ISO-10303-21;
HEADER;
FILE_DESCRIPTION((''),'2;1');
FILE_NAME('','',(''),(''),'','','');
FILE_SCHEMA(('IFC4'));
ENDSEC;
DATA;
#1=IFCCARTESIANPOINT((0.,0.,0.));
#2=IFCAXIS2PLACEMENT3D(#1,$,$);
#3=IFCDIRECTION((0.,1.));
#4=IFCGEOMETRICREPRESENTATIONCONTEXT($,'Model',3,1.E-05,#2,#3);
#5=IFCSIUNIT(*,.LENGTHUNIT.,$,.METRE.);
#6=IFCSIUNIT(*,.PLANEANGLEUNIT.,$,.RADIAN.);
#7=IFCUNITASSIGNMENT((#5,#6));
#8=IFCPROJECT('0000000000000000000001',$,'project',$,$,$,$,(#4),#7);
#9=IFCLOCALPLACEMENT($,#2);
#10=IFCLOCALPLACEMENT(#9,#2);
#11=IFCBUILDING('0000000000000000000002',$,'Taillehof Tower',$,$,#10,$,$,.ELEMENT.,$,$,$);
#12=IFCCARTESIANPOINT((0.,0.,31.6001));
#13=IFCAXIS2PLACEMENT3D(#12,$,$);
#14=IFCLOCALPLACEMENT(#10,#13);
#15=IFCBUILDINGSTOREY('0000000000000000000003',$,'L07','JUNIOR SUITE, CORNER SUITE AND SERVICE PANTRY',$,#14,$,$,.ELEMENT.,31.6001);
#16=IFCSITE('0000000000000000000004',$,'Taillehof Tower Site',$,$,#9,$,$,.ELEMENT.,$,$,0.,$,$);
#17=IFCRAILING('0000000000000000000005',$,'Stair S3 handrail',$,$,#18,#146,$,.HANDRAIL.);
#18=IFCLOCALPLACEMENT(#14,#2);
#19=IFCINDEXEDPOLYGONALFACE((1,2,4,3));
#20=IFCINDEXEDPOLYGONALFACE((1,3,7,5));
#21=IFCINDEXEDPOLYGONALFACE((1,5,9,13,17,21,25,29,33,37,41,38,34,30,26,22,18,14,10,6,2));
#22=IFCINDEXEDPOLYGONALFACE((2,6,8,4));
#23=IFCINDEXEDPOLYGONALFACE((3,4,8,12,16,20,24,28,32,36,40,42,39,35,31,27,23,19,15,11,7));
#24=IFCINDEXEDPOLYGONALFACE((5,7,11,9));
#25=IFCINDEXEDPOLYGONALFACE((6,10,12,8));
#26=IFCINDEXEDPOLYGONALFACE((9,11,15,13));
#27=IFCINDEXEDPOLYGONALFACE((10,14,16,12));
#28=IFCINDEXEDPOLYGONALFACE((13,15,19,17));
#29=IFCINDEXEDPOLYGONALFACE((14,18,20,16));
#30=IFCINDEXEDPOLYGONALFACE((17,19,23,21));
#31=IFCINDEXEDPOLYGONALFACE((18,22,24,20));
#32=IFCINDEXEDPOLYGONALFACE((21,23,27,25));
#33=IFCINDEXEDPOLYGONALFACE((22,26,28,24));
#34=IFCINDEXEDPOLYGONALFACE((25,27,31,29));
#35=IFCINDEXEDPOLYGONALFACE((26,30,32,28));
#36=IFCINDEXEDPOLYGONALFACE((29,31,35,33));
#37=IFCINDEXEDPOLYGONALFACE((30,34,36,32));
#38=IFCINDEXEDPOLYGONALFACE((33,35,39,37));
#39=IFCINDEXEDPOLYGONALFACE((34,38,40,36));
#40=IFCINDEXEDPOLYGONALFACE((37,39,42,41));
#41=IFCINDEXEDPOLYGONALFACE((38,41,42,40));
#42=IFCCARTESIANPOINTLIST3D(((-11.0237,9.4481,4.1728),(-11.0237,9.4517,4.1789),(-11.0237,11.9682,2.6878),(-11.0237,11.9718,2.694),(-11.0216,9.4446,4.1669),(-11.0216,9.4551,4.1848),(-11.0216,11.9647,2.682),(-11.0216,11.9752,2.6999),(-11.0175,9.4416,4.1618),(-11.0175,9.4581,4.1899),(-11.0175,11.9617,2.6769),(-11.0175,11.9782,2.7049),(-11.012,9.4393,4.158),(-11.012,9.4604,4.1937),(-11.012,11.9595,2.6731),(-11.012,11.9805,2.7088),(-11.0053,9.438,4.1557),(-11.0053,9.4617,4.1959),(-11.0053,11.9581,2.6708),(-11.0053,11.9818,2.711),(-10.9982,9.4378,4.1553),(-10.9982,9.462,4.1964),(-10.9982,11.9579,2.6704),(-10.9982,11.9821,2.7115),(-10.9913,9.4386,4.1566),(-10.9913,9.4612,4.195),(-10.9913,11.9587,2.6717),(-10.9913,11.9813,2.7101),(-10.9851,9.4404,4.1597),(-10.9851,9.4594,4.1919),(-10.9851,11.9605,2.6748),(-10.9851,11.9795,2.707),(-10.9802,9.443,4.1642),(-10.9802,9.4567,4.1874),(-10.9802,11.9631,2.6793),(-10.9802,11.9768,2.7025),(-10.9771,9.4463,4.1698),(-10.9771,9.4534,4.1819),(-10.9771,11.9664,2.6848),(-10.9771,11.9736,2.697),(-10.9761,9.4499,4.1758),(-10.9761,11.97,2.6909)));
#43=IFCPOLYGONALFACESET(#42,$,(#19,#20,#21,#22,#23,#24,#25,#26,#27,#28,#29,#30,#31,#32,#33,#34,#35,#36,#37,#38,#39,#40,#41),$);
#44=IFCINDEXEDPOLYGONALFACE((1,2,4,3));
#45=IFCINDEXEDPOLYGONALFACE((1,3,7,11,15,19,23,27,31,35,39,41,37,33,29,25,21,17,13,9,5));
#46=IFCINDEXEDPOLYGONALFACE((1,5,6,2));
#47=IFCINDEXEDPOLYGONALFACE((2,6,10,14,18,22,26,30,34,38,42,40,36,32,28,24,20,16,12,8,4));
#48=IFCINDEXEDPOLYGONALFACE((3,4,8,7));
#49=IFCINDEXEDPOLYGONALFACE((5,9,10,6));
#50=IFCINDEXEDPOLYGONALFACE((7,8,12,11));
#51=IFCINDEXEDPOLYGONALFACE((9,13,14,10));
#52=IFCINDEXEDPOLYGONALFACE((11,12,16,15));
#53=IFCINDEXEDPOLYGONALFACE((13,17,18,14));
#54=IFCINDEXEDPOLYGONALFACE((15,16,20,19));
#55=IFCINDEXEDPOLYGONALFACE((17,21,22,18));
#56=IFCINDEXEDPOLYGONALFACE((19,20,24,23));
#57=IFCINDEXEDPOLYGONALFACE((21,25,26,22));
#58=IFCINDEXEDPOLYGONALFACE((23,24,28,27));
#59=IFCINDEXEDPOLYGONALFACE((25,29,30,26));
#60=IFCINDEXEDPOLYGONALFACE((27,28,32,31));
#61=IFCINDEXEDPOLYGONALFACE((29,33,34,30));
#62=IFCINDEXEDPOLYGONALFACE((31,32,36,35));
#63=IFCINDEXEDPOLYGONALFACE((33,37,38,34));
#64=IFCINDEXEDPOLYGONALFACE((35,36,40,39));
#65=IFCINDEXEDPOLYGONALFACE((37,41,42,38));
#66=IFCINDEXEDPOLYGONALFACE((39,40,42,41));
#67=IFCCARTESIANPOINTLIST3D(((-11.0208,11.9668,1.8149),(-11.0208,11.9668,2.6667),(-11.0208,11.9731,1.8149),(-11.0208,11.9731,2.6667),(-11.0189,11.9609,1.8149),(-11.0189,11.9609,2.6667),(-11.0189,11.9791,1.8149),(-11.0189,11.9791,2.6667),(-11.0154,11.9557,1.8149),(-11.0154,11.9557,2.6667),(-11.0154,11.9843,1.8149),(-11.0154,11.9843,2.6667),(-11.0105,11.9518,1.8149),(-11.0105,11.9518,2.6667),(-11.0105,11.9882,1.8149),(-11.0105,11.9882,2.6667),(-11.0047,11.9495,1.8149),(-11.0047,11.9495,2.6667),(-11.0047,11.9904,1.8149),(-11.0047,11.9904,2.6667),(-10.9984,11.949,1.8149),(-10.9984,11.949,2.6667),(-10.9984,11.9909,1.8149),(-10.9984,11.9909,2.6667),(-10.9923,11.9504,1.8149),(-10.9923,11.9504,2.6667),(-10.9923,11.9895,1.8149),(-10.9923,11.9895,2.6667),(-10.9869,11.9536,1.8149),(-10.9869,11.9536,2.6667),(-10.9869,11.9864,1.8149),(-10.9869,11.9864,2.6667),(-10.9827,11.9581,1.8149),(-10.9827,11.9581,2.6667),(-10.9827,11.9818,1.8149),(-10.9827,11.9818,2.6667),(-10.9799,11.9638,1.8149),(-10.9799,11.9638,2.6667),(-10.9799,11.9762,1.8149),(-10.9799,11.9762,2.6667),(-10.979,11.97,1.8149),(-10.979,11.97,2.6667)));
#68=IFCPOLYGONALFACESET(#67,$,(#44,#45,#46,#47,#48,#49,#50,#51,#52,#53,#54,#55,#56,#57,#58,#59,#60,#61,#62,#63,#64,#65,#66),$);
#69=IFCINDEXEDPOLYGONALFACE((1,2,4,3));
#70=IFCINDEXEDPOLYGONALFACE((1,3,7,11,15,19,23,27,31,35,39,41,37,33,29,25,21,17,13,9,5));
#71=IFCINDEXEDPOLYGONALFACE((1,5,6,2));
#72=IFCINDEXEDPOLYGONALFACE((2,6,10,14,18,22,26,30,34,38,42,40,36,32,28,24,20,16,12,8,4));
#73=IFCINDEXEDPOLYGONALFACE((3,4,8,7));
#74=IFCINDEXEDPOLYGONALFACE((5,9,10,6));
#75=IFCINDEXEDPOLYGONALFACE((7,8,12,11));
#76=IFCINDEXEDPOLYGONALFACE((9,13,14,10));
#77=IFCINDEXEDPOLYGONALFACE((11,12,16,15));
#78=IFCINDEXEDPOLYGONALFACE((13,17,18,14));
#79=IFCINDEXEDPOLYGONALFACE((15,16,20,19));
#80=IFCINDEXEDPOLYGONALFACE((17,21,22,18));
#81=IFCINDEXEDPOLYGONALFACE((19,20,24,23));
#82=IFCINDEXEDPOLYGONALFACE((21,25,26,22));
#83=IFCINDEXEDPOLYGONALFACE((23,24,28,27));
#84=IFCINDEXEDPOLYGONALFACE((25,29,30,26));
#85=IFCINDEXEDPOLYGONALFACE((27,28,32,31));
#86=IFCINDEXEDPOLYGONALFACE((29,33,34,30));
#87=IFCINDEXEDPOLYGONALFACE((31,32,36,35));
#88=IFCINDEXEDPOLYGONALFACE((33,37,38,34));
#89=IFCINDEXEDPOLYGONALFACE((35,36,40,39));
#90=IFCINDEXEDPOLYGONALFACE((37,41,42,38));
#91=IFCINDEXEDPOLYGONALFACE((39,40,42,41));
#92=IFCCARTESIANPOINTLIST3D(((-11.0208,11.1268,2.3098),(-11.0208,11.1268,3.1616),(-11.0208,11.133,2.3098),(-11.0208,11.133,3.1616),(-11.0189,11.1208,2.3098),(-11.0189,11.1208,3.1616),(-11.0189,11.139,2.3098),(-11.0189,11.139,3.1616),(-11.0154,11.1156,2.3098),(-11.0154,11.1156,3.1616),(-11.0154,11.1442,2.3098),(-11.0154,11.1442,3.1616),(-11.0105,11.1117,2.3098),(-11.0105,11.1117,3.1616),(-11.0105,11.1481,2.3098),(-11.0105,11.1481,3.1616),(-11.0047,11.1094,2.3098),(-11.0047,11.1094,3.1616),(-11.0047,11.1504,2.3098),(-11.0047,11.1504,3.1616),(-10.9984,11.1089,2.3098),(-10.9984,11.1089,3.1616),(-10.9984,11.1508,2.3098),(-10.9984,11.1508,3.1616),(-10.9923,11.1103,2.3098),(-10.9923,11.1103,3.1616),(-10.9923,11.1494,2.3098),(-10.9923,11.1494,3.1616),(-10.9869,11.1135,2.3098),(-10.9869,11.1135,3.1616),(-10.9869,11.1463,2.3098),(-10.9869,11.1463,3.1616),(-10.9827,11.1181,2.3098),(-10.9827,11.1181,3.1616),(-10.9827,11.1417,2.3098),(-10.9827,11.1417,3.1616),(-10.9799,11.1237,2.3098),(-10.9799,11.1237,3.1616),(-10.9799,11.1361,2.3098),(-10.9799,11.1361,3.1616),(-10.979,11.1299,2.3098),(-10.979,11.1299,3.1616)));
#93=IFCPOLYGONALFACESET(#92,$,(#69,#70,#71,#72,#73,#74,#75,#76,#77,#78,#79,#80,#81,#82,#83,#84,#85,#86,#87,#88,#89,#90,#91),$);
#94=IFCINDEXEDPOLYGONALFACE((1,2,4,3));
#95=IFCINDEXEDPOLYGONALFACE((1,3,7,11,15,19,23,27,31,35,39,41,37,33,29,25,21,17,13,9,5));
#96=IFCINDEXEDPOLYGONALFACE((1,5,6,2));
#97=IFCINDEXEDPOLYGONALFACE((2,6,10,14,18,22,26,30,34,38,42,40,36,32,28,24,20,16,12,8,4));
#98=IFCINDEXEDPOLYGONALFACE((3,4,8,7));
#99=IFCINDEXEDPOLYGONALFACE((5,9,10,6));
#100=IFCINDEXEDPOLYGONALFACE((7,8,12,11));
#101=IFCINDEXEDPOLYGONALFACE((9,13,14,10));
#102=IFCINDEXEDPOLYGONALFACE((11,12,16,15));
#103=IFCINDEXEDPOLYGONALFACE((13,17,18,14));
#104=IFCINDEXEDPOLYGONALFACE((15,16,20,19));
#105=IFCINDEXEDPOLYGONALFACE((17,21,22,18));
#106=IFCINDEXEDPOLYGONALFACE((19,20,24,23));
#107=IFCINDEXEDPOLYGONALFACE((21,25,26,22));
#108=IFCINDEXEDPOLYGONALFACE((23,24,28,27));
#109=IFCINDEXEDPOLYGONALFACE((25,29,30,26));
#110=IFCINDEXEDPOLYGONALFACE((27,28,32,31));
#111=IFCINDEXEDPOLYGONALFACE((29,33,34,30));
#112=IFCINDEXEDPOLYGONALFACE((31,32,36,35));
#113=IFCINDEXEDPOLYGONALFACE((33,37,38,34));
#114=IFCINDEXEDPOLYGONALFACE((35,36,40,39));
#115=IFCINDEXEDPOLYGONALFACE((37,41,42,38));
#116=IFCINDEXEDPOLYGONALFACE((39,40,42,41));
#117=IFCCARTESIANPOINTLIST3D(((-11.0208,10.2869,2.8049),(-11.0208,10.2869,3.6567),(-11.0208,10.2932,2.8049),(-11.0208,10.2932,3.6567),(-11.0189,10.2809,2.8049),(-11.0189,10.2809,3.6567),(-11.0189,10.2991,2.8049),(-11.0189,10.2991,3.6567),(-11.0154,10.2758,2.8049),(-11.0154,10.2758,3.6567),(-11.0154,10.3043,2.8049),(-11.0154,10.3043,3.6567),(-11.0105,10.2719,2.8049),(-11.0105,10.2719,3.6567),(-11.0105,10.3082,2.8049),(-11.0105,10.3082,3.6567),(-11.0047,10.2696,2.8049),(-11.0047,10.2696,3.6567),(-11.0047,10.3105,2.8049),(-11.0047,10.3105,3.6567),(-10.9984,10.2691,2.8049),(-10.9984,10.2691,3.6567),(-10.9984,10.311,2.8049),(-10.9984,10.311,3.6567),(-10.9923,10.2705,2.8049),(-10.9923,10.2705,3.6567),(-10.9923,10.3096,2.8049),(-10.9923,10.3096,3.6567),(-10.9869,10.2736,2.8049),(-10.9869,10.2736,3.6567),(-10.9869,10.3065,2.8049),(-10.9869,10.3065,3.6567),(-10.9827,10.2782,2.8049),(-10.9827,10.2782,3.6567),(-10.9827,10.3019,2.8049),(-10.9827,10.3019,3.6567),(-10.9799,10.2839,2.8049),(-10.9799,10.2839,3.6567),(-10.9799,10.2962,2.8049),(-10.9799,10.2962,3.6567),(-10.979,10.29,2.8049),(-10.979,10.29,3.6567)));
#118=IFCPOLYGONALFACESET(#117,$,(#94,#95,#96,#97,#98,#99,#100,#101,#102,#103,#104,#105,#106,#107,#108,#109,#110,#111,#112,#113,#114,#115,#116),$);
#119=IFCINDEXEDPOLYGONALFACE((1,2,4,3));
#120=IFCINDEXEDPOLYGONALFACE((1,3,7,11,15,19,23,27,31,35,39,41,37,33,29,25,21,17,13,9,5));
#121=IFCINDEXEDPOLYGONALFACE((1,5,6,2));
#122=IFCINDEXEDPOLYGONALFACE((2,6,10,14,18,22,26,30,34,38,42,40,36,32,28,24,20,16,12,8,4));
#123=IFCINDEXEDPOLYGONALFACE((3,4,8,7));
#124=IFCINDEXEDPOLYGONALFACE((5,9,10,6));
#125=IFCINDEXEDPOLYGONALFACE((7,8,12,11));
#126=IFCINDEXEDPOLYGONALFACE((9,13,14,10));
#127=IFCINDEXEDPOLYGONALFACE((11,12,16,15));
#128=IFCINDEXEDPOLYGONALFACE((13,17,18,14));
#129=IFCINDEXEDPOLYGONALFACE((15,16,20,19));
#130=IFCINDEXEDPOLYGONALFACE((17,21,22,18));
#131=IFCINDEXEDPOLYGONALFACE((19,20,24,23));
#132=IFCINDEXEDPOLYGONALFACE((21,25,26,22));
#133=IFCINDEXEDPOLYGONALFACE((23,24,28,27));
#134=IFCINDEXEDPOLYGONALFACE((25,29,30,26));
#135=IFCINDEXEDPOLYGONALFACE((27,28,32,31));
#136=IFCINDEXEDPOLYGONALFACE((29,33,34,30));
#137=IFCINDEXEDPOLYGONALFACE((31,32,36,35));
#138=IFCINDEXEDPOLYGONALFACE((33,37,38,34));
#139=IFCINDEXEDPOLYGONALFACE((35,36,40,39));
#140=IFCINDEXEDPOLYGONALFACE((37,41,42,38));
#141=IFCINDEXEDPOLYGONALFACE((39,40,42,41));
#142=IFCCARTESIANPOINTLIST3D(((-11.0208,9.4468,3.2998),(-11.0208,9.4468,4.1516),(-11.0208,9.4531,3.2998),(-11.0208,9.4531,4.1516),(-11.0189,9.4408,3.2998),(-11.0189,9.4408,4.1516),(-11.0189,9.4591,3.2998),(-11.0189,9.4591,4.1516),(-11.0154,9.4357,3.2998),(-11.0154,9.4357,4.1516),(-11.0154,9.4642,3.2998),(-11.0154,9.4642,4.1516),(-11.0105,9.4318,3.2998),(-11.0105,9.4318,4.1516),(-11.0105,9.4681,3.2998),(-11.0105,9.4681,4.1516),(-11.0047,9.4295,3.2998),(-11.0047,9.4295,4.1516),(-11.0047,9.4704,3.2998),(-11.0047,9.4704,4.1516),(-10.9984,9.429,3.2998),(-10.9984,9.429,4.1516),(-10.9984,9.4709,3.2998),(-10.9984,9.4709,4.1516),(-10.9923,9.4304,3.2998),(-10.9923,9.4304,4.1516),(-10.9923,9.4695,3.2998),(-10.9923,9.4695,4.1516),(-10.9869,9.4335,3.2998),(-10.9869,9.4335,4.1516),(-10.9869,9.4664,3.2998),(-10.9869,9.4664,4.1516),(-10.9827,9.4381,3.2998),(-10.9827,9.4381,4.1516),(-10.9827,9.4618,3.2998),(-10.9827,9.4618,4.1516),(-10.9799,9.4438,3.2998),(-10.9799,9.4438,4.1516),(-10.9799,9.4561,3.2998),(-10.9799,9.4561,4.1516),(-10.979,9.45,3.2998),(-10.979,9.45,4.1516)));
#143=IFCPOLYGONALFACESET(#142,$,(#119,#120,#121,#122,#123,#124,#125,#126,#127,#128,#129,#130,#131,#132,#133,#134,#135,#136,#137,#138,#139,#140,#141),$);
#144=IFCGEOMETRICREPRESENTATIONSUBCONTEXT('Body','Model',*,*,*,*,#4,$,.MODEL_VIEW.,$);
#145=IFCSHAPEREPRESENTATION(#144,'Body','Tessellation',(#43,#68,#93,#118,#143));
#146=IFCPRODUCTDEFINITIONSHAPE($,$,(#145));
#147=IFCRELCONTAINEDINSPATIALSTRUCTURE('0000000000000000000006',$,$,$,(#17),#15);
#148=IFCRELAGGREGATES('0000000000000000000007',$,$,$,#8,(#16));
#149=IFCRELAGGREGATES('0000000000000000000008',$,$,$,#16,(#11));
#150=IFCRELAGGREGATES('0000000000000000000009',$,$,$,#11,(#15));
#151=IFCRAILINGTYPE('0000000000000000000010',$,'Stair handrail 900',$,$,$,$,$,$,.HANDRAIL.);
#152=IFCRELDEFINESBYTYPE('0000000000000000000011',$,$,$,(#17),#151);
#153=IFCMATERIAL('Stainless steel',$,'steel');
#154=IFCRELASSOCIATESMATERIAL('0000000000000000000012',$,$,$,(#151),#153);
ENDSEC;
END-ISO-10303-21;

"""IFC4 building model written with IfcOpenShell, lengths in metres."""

from ifc_helpers import new_model, si_unit, direction, frame, origin, origin_2d, place, context, subcontext, project, spatial, circle, extrude, material, type_object, element, save


model = new_model("IFC4")

# Units and contexts
model_context = context("Model", 3, precision=1e-05, world=origin(), true_north=direction((0.0, 1.0)))
body_context = subcontext(model_context, "Body", "Model", "MODEL_VIEW")
ifc_project = project(units=[si_unit("LENGTHUNIT", "METRE"), si_unit("PLANEANGLEUNIT", "RADIAN")], contexts=[model_context])

# Site, building, storey
site_placement = place(None, origin())
site = spatial("IfcSite", under=ifc_project, at=site_placement, Name="Taillehof Tower Site", CompositionType="ELEMENT", RefElevation=0.0)
building_placement = place(site_placement, origin())
building = spatial("IfcBuilding", under=site, at=building_placement, Name="Taillehof Tower", CompositionType="ELEMENT")
storey_placement = place(building_placement, frame((0.0, 0.0, 31.6001)))
storey = spatial("IfcBuildingStorey", under=building, at=storey_placement, Name="L07", Description="JUNIOR SUITE, CORNER SUITE AND SERVICE PANTRY", CompositionType="ELEMENT", Elevation=31.6001)

# Railing
ifc_material_1 = material(Name="Stainless steel", Category="steel")
railing_type = type_object("IfcRailingType", Name="Stair handrail 900", PredefinedType="HANDRAIL", material=ifc_material_1)
railing_placement = place(storey_placement, frame((-11.0, 11.97, 1.8149)))
element("IfcRailing", 1, at=railing_placement, inside=storey, type_object=railing_type, Name="Stair S3 handrail", PredefinedType="HANDRAIL", context=body_context, shape_type="SweptSolid", body=[
    extrude(circle(Radius=0.0239, at=origin_2d()), frame((0.0, 0.0, 0.876), z_axis=(0.0, -0.861561, 0.507655), x_axis=(1.0, 0.0, 0.0)), (0.0, 0.0, 1.0), 2.925),
    extrude(circle(Radius=0.021, at=origin_2d()), origin(), (0.0, 0.0, 1.0), 0.8518),
    extrude(circle(Radius=0.021, at=origin_2d()), frame((0.0, -0.8401, 0.4949)), (0.0, 0.0, 1.0), 0.8518),
    extrude(circle(Radius=0.021, at=origin_2d()), frame((0.0, -1.6799, 0.99)), (0.0, 0.0, 1.0), 0.8518),
    extrude(circle(Radius=0.021, at=origin_2d()), frame((0.0, -2.52, 1.4849)), (0.0, 0.0, 1.0), 0.8518),
])

save(model, "model.ifc")
